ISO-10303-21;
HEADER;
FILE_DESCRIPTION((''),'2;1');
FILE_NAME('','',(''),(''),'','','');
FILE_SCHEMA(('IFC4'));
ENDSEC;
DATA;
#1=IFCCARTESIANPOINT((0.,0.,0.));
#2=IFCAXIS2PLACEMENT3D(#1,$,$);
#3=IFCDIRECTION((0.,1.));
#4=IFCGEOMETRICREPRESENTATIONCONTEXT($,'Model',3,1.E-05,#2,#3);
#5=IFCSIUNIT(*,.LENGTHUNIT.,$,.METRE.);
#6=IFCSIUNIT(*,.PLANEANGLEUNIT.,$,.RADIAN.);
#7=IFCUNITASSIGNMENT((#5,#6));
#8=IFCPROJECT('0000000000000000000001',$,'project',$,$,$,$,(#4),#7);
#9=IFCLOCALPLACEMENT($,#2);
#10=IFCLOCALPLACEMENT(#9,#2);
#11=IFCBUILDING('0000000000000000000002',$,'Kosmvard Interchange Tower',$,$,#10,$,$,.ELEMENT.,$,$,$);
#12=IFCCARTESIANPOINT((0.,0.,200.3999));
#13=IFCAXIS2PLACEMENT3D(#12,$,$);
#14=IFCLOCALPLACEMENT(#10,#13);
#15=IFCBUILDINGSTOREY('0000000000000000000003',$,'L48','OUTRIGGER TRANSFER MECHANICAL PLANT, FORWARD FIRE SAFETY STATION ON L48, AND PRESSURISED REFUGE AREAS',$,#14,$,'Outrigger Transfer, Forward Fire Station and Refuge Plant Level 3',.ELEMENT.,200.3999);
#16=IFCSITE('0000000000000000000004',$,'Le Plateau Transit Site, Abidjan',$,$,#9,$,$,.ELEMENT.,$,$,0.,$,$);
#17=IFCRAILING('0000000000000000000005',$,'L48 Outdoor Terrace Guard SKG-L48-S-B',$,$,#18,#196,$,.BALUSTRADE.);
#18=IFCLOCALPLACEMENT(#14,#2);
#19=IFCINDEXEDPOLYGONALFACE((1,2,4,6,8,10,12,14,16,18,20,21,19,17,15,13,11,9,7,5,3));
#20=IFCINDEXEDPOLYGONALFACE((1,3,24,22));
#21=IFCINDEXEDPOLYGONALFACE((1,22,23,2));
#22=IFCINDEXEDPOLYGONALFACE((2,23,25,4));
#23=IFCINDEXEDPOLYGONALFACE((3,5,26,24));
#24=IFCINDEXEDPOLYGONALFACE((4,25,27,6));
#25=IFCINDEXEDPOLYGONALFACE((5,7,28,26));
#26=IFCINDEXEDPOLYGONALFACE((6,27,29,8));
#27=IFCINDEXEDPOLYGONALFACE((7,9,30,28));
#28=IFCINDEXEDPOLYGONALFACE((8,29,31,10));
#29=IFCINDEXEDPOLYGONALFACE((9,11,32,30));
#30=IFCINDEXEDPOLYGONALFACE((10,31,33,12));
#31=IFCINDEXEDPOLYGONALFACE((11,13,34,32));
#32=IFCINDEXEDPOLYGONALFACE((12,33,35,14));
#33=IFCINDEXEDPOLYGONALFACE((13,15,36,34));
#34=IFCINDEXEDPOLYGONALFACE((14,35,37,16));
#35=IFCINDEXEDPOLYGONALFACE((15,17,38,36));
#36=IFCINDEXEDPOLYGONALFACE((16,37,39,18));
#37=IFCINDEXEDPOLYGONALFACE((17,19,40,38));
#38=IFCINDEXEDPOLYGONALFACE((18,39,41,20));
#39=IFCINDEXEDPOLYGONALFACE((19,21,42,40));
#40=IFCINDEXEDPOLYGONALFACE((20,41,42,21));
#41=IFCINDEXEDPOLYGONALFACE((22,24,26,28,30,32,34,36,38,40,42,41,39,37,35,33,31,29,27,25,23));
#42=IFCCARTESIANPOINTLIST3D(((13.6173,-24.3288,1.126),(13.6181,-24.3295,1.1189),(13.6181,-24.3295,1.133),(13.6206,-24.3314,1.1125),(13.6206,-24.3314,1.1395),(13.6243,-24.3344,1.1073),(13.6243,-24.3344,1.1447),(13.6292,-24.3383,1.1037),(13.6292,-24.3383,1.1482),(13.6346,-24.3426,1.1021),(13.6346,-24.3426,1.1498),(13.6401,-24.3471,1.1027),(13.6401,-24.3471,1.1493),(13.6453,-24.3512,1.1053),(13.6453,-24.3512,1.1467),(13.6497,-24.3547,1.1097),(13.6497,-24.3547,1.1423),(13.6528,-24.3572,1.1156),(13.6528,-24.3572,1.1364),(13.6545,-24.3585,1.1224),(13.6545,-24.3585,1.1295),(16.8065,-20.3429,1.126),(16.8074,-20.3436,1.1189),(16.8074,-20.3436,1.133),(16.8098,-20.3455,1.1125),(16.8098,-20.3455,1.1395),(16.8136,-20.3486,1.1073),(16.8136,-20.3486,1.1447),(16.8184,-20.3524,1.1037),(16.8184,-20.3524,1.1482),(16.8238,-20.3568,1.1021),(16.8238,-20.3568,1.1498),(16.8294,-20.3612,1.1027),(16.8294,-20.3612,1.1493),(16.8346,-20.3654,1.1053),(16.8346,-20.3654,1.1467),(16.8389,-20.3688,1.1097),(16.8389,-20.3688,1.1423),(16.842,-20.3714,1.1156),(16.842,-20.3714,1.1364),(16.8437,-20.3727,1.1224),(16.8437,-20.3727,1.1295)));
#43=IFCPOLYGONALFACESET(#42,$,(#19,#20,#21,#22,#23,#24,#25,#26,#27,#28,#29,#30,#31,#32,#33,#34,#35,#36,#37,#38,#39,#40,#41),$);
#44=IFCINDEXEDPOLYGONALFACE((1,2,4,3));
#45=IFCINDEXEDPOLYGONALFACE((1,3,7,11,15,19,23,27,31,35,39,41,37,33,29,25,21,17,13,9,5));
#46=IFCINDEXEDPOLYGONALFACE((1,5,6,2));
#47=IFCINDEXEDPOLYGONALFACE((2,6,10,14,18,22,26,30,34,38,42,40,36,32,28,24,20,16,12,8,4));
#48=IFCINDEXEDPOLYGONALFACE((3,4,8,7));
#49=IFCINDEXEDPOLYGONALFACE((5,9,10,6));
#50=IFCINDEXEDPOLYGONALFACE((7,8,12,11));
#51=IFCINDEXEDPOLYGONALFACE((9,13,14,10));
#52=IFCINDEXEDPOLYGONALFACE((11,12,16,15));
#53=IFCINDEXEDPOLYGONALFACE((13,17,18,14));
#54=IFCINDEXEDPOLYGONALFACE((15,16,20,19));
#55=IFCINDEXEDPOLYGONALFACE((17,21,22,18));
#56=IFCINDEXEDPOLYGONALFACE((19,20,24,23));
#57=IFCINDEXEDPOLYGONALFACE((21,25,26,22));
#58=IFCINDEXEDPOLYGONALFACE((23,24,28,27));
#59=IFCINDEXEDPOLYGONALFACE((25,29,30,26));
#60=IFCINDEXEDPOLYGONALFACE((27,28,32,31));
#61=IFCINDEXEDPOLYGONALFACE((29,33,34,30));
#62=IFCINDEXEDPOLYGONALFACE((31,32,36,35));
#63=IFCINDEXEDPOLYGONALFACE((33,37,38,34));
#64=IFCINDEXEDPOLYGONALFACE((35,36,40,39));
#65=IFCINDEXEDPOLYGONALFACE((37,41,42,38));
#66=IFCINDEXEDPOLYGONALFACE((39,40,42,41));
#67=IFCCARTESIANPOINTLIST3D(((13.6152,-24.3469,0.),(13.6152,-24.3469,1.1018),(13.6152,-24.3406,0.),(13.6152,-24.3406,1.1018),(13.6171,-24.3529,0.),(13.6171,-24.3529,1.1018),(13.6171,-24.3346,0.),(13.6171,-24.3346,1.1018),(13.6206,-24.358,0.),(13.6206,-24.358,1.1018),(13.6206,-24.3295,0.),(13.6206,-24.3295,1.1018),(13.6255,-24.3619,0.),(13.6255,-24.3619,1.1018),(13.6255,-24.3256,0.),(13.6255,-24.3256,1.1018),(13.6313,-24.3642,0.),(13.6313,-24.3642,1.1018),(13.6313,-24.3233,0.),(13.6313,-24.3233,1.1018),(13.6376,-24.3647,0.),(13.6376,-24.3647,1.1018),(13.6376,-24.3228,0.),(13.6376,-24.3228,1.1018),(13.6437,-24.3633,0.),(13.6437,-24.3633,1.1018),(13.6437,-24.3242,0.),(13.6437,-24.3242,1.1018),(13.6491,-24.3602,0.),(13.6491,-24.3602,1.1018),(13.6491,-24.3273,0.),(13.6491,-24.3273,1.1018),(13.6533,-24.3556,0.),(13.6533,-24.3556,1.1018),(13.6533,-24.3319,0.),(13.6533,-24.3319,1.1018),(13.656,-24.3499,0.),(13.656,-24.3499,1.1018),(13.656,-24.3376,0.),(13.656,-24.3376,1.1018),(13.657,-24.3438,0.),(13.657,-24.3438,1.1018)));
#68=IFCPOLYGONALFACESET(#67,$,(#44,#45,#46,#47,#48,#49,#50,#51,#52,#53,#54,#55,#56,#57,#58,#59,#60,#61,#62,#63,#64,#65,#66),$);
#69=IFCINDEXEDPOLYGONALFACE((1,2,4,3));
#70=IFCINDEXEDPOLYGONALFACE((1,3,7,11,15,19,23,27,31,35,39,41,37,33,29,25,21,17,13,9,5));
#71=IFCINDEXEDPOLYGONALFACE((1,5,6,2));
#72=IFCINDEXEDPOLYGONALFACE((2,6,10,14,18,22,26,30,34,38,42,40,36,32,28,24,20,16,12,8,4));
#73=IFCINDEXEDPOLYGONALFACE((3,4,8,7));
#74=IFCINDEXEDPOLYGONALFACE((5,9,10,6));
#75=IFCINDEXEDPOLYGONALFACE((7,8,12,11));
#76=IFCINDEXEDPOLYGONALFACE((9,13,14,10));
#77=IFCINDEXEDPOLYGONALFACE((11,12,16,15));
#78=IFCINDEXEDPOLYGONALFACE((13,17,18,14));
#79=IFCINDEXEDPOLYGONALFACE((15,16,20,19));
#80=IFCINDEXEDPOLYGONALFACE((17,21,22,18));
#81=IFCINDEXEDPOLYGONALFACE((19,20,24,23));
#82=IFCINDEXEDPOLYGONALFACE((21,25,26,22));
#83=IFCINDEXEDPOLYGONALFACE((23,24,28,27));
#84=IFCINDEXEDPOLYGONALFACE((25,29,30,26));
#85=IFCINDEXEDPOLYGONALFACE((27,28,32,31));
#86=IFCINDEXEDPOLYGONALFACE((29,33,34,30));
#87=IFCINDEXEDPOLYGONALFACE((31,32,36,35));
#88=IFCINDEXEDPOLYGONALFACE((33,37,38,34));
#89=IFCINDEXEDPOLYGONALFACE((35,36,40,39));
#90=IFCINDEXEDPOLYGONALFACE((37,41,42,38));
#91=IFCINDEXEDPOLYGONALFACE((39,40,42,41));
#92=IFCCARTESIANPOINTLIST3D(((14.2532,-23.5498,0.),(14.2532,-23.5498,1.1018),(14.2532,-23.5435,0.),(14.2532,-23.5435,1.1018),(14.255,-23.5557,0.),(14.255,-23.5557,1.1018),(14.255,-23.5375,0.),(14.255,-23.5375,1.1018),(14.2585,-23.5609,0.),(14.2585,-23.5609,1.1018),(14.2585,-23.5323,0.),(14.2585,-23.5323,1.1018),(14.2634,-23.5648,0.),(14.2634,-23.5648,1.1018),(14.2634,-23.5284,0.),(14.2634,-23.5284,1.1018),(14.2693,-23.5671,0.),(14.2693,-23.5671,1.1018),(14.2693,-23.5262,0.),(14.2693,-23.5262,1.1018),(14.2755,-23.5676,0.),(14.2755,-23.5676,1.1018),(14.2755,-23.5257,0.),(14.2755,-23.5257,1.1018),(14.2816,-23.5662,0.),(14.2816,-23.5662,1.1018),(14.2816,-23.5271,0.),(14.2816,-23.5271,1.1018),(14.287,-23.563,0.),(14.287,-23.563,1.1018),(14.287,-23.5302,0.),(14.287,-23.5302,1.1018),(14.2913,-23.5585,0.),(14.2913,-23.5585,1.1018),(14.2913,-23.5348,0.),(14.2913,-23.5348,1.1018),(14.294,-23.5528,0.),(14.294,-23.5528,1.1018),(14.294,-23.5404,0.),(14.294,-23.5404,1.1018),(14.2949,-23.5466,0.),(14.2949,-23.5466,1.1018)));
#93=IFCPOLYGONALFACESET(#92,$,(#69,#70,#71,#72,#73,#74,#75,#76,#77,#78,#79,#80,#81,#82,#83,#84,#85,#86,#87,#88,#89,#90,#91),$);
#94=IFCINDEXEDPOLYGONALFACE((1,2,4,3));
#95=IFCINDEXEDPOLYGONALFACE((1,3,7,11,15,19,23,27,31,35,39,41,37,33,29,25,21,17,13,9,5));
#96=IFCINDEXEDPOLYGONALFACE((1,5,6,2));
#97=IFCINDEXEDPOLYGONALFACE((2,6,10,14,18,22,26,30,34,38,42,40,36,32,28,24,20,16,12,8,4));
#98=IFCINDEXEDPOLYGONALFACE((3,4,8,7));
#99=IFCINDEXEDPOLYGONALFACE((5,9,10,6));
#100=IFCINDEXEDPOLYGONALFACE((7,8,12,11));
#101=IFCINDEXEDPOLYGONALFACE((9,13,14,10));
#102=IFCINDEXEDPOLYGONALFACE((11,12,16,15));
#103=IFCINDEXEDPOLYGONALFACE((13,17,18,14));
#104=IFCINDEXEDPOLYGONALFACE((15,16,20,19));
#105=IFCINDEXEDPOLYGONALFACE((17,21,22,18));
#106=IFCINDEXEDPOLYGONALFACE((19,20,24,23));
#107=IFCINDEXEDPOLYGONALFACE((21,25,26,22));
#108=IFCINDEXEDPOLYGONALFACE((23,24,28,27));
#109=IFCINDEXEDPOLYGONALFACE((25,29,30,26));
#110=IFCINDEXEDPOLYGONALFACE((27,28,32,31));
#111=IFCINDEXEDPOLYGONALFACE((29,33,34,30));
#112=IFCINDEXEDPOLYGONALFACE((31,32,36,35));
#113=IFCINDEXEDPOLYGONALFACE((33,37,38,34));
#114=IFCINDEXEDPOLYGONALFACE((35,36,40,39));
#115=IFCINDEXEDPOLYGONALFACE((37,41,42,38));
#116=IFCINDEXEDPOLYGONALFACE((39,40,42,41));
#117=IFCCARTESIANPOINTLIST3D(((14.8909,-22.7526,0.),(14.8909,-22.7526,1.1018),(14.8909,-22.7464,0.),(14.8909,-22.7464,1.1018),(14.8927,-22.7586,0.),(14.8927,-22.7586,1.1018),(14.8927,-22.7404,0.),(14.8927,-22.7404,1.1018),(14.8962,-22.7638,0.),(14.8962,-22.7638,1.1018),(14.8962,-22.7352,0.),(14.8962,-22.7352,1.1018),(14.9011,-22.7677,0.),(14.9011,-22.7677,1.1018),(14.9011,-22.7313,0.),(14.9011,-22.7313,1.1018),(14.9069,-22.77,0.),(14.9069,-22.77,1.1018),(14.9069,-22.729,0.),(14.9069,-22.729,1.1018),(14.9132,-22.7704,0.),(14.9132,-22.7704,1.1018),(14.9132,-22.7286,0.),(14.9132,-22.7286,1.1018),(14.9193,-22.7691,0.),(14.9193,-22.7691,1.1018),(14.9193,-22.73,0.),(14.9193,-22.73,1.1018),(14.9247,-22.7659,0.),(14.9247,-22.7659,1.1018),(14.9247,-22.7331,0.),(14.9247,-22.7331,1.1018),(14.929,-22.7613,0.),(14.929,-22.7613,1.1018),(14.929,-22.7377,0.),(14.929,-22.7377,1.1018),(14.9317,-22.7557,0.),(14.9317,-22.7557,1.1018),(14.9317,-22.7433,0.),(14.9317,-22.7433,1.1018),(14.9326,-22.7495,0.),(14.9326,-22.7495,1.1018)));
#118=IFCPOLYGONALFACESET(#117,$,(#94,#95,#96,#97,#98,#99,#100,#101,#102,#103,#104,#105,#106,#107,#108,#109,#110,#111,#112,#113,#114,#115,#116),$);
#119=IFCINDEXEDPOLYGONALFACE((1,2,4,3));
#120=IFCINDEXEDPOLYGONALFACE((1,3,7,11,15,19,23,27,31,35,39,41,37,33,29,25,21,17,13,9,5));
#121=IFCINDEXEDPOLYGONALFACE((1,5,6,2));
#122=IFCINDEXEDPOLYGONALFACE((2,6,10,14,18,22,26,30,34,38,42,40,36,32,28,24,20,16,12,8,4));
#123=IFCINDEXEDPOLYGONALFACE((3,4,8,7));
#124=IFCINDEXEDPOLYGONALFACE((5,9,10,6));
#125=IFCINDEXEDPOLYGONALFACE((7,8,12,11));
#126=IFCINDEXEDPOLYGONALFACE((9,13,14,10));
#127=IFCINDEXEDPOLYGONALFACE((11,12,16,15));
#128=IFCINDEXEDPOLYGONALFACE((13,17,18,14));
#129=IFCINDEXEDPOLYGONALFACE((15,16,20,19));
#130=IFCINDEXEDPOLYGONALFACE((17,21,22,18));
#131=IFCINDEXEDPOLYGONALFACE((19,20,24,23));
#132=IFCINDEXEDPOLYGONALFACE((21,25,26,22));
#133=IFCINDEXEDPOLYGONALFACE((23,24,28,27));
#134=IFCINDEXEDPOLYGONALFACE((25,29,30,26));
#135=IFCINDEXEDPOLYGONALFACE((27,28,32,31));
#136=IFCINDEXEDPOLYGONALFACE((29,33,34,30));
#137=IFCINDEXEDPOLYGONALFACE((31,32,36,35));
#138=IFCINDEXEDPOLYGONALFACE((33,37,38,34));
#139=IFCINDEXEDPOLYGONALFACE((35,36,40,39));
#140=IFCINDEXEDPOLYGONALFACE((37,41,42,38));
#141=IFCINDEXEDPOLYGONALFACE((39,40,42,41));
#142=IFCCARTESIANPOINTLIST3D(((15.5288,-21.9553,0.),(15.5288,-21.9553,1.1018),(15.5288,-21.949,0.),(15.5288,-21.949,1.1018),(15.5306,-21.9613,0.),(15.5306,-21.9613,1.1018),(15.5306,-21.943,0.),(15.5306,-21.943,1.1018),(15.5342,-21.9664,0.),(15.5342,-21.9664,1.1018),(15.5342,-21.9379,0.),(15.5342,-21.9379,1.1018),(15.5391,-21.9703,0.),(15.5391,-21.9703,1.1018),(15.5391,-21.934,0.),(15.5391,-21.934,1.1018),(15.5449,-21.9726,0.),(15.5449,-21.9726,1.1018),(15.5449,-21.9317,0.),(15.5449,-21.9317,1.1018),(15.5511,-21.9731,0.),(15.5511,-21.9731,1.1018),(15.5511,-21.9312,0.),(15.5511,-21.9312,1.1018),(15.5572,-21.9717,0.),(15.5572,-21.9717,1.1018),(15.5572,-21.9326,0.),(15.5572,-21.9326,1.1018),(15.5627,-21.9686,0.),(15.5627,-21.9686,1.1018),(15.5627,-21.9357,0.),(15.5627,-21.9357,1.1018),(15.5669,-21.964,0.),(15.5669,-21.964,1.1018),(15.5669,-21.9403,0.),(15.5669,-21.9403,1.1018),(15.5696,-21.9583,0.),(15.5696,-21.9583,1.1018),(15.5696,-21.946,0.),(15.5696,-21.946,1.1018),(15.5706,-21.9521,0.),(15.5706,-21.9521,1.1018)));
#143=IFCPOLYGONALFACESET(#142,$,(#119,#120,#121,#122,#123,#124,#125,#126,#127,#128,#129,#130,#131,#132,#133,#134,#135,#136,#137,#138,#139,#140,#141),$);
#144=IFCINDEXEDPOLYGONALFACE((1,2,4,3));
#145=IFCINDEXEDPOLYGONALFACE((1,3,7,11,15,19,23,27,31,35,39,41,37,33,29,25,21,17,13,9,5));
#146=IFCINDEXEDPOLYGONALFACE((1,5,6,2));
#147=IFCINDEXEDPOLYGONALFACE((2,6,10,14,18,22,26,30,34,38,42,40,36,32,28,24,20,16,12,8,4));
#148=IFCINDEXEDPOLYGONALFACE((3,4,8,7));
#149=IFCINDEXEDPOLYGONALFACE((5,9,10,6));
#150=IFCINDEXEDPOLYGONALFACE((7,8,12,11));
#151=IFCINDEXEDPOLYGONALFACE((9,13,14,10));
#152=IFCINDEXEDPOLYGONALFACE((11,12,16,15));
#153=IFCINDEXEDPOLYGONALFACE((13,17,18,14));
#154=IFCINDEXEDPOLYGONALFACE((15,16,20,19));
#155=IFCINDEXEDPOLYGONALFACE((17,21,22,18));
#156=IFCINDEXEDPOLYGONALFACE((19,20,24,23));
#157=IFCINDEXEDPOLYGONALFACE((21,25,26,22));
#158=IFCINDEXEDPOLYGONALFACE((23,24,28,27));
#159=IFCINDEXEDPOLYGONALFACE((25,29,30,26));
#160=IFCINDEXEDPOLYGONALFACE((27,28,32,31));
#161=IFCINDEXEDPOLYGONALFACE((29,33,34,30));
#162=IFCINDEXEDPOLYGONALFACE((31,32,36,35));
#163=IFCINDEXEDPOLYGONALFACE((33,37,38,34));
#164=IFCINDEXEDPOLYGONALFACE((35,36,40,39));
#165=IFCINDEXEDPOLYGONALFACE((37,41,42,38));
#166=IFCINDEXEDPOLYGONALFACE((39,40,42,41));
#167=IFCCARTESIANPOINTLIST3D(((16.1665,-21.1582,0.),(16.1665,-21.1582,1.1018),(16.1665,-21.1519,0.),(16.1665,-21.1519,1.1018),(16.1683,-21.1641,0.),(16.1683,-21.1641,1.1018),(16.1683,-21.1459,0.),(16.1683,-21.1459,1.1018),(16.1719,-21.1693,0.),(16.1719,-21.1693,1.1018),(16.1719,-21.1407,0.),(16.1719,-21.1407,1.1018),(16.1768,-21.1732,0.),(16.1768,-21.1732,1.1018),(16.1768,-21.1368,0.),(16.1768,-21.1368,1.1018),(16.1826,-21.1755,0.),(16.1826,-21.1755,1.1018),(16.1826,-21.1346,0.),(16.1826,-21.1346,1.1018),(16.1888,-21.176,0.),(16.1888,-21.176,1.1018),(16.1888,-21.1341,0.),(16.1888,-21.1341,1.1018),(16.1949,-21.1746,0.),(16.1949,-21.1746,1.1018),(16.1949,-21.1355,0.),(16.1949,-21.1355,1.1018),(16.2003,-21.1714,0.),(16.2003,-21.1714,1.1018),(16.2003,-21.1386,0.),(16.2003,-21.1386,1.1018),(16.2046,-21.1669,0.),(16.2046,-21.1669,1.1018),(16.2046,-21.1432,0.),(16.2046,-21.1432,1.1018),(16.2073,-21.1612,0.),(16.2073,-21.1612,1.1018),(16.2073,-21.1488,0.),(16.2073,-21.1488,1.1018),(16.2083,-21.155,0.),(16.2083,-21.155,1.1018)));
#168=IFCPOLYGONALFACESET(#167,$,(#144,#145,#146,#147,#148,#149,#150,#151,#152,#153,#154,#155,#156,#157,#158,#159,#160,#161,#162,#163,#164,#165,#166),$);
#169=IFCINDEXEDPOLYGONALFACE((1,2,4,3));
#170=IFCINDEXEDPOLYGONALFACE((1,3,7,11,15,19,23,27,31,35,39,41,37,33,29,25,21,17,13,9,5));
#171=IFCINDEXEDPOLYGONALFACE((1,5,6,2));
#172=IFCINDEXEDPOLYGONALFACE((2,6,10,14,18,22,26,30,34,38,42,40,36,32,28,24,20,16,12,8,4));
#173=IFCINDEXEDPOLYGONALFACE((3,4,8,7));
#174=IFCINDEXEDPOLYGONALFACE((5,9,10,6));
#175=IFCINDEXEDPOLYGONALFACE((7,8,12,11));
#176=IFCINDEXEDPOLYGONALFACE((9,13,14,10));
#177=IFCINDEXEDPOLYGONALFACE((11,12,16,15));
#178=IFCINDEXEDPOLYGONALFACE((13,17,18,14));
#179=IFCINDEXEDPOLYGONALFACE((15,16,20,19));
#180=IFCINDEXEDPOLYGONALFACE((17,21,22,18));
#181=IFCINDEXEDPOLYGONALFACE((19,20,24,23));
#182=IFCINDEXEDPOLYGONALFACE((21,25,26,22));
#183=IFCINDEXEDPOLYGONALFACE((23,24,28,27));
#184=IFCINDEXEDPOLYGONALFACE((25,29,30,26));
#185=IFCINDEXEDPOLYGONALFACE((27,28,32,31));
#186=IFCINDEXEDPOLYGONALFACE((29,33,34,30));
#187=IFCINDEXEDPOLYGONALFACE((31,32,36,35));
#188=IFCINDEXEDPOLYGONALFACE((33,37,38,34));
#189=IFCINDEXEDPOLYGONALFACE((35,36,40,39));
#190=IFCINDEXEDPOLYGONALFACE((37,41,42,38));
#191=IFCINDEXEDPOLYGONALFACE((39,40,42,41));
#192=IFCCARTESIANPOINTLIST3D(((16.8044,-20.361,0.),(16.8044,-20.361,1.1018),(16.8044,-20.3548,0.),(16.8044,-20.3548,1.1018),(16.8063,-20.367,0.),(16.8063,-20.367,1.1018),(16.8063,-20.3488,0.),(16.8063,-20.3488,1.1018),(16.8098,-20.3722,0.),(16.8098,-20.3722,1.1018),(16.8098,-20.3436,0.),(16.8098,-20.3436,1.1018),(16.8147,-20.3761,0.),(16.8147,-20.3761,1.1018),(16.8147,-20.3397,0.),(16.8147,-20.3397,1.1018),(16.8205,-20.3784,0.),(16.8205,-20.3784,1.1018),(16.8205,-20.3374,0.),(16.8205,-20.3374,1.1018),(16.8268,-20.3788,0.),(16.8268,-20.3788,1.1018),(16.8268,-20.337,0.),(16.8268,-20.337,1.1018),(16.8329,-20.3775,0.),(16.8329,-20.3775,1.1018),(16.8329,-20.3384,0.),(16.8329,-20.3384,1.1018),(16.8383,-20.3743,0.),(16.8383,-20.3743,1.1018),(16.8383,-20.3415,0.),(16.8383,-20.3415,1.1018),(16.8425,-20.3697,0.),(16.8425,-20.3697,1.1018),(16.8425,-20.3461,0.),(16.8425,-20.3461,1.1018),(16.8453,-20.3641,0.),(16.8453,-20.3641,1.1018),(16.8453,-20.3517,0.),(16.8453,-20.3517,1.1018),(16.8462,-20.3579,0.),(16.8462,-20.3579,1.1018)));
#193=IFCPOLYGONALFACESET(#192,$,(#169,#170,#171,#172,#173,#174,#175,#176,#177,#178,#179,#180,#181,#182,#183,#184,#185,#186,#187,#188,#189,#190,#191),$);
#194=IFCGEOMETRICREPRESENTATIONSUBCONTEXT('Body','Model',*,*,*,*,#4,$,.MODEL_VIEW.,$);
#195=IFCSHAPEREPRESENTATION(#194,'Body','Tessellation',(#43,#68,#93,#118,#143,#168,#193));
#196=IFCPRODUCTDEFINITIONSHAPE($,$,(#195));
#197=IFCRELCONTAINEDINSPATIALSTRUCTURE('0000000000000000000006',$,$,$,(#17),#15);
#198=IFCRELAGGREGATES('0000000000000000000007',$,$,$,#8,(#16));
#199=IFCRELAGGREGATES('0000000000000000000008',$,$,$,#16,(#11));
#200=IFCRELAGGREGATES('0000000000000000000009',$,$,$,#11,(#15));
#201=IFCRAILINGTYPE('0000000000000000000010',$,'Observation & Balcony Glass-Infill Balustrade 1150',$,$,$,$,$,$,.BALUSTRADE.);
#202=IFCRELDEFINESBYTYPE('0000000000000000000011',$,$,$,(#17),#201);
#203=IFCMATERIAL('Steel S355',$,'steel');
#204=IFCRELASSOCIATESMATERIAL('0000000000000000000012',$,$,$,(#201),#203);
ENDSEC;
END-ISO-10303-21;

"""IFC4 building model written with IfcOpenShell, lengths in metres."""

from ifc_helpers import new_model, si_unit, direction, frame, origin, origin_2d, place, context, subcontext, project, spatial, circle, extrude, source, transform, mapped, material, type_object, element, save


model = new_model("IFC4")

# Units and contexts
model_context = context("Model", 3, precision=1e-05, world=origin(), true_north=direction((0.0, 1.0)))
body_context = subcontext(model_context, "Body", "Model", "MODEL_VIEW")
ifc_project = project(units=[si_unit("LENGTHUNIT", "METRE"), si_unit("PLANEANGLEUNIT", "RADIAN")], contexts=[model_context])

# Site, building, storey
site_placement = place(None, origin())
site = spatial("IfcSite", under=ifc_project, at=site_placement, Name="Le Plateau Transit Site, Abidjan", CompositionType="ELEMENT", RefElevation=0.0)
building_placement = place(site_placement, origin())
building = spatial("IfcBuilding", under=site, at=building_placement, Name="Kosmvard Interchange Tower", CompositionType="ELEMENT")
storey_placement = place(building_placement, frame((0.0, 0.0, 200.3999)))
storey = spatial("IfcBuildingStorey", under=building, at=storey_placement, Name="L48", Description="OUTRIGGER TRANSFER MECHANICAL PLANT, FORWARD FIRE SAFETY STATION ON L48, AND PRESSURISED REFUGE AREAS", LongName="Outrigger Transfer, Forward Fire Station and Refuge Plant Level 3", CompositionType="ELEMENT", Elevation=200.3999)

# Shared definitions
ifc_material_1 = material(Name="Steel S355", Category="steel")

# Railing
railing_type = type_object("IfcRailingType", Name="Observation & Balcony Glass-Infill Balustrade 1150", PredefinedType="BALUSTRADE", material=ifc_material_1)
shared_shape_1 = source(origin(), body_context, "Body", "SweptSolid", [
    extrude(circle(Radius=0.0239, at=origin_2d()), frame((0.0, 0.0, 1.126), z_axis=(0.624759, 0.780817, 0.0), x_axis=(-0.780817, 0.624759, 0.0)), (0.0, 0.0, 1.0), 5.1047),
    extrude(circle(Radius=0.021, at=origin_2d()), origin(), (0.0, 0.0, 1.0), 1.1018),
    extrude(circle(Radius=0.021, at=origin_2d()), frame((0.6379, 0.7971, 0.0)), (0.0, 0.0, 1.0), 1.1018),
    extrude(circle(Radius=0.021, at=origin_2d()), frame((1.2756, 1.5942, 0.0)), (0.0, 0.0, 1.0), 1.1018),
    extrude(circle(Radius=0.021, at=origin_2d()), frame((1.9136, 2.3916, 0.0)), (0.0, 0.0, 1.0), 1.1018),
    extrude(circle(Radius=0.021, at=origin_2d()), frame((2.5513, 3.1887, 0.0)), (0.0, 0.0, 1.0), 1.1018),
    extrude(circle(Radius=0.021, at=origin_2d()), frame((3.1892, 3.9858, 0.0)), (0.0, 0.0, 1.0), 1.1018),
])
railing_1_placement = place(storey_placement, frame((13.636, -24.3438, 0.0)))
element("IfcRailing", 1, at=railing_1_placement, inside=storey, type_object=railing_type, Name="L48 Outdoor Terrace Guard SKG-L48-S-B", PredefinedType="BALUSTRADE", context=body_context, shape_type="MappedRepresentation", body=[
    mapped(shared_shape_1, transform((0.0, 0.0, 0.0), scale=1.0)),
])

save(model, "model.ifc")
